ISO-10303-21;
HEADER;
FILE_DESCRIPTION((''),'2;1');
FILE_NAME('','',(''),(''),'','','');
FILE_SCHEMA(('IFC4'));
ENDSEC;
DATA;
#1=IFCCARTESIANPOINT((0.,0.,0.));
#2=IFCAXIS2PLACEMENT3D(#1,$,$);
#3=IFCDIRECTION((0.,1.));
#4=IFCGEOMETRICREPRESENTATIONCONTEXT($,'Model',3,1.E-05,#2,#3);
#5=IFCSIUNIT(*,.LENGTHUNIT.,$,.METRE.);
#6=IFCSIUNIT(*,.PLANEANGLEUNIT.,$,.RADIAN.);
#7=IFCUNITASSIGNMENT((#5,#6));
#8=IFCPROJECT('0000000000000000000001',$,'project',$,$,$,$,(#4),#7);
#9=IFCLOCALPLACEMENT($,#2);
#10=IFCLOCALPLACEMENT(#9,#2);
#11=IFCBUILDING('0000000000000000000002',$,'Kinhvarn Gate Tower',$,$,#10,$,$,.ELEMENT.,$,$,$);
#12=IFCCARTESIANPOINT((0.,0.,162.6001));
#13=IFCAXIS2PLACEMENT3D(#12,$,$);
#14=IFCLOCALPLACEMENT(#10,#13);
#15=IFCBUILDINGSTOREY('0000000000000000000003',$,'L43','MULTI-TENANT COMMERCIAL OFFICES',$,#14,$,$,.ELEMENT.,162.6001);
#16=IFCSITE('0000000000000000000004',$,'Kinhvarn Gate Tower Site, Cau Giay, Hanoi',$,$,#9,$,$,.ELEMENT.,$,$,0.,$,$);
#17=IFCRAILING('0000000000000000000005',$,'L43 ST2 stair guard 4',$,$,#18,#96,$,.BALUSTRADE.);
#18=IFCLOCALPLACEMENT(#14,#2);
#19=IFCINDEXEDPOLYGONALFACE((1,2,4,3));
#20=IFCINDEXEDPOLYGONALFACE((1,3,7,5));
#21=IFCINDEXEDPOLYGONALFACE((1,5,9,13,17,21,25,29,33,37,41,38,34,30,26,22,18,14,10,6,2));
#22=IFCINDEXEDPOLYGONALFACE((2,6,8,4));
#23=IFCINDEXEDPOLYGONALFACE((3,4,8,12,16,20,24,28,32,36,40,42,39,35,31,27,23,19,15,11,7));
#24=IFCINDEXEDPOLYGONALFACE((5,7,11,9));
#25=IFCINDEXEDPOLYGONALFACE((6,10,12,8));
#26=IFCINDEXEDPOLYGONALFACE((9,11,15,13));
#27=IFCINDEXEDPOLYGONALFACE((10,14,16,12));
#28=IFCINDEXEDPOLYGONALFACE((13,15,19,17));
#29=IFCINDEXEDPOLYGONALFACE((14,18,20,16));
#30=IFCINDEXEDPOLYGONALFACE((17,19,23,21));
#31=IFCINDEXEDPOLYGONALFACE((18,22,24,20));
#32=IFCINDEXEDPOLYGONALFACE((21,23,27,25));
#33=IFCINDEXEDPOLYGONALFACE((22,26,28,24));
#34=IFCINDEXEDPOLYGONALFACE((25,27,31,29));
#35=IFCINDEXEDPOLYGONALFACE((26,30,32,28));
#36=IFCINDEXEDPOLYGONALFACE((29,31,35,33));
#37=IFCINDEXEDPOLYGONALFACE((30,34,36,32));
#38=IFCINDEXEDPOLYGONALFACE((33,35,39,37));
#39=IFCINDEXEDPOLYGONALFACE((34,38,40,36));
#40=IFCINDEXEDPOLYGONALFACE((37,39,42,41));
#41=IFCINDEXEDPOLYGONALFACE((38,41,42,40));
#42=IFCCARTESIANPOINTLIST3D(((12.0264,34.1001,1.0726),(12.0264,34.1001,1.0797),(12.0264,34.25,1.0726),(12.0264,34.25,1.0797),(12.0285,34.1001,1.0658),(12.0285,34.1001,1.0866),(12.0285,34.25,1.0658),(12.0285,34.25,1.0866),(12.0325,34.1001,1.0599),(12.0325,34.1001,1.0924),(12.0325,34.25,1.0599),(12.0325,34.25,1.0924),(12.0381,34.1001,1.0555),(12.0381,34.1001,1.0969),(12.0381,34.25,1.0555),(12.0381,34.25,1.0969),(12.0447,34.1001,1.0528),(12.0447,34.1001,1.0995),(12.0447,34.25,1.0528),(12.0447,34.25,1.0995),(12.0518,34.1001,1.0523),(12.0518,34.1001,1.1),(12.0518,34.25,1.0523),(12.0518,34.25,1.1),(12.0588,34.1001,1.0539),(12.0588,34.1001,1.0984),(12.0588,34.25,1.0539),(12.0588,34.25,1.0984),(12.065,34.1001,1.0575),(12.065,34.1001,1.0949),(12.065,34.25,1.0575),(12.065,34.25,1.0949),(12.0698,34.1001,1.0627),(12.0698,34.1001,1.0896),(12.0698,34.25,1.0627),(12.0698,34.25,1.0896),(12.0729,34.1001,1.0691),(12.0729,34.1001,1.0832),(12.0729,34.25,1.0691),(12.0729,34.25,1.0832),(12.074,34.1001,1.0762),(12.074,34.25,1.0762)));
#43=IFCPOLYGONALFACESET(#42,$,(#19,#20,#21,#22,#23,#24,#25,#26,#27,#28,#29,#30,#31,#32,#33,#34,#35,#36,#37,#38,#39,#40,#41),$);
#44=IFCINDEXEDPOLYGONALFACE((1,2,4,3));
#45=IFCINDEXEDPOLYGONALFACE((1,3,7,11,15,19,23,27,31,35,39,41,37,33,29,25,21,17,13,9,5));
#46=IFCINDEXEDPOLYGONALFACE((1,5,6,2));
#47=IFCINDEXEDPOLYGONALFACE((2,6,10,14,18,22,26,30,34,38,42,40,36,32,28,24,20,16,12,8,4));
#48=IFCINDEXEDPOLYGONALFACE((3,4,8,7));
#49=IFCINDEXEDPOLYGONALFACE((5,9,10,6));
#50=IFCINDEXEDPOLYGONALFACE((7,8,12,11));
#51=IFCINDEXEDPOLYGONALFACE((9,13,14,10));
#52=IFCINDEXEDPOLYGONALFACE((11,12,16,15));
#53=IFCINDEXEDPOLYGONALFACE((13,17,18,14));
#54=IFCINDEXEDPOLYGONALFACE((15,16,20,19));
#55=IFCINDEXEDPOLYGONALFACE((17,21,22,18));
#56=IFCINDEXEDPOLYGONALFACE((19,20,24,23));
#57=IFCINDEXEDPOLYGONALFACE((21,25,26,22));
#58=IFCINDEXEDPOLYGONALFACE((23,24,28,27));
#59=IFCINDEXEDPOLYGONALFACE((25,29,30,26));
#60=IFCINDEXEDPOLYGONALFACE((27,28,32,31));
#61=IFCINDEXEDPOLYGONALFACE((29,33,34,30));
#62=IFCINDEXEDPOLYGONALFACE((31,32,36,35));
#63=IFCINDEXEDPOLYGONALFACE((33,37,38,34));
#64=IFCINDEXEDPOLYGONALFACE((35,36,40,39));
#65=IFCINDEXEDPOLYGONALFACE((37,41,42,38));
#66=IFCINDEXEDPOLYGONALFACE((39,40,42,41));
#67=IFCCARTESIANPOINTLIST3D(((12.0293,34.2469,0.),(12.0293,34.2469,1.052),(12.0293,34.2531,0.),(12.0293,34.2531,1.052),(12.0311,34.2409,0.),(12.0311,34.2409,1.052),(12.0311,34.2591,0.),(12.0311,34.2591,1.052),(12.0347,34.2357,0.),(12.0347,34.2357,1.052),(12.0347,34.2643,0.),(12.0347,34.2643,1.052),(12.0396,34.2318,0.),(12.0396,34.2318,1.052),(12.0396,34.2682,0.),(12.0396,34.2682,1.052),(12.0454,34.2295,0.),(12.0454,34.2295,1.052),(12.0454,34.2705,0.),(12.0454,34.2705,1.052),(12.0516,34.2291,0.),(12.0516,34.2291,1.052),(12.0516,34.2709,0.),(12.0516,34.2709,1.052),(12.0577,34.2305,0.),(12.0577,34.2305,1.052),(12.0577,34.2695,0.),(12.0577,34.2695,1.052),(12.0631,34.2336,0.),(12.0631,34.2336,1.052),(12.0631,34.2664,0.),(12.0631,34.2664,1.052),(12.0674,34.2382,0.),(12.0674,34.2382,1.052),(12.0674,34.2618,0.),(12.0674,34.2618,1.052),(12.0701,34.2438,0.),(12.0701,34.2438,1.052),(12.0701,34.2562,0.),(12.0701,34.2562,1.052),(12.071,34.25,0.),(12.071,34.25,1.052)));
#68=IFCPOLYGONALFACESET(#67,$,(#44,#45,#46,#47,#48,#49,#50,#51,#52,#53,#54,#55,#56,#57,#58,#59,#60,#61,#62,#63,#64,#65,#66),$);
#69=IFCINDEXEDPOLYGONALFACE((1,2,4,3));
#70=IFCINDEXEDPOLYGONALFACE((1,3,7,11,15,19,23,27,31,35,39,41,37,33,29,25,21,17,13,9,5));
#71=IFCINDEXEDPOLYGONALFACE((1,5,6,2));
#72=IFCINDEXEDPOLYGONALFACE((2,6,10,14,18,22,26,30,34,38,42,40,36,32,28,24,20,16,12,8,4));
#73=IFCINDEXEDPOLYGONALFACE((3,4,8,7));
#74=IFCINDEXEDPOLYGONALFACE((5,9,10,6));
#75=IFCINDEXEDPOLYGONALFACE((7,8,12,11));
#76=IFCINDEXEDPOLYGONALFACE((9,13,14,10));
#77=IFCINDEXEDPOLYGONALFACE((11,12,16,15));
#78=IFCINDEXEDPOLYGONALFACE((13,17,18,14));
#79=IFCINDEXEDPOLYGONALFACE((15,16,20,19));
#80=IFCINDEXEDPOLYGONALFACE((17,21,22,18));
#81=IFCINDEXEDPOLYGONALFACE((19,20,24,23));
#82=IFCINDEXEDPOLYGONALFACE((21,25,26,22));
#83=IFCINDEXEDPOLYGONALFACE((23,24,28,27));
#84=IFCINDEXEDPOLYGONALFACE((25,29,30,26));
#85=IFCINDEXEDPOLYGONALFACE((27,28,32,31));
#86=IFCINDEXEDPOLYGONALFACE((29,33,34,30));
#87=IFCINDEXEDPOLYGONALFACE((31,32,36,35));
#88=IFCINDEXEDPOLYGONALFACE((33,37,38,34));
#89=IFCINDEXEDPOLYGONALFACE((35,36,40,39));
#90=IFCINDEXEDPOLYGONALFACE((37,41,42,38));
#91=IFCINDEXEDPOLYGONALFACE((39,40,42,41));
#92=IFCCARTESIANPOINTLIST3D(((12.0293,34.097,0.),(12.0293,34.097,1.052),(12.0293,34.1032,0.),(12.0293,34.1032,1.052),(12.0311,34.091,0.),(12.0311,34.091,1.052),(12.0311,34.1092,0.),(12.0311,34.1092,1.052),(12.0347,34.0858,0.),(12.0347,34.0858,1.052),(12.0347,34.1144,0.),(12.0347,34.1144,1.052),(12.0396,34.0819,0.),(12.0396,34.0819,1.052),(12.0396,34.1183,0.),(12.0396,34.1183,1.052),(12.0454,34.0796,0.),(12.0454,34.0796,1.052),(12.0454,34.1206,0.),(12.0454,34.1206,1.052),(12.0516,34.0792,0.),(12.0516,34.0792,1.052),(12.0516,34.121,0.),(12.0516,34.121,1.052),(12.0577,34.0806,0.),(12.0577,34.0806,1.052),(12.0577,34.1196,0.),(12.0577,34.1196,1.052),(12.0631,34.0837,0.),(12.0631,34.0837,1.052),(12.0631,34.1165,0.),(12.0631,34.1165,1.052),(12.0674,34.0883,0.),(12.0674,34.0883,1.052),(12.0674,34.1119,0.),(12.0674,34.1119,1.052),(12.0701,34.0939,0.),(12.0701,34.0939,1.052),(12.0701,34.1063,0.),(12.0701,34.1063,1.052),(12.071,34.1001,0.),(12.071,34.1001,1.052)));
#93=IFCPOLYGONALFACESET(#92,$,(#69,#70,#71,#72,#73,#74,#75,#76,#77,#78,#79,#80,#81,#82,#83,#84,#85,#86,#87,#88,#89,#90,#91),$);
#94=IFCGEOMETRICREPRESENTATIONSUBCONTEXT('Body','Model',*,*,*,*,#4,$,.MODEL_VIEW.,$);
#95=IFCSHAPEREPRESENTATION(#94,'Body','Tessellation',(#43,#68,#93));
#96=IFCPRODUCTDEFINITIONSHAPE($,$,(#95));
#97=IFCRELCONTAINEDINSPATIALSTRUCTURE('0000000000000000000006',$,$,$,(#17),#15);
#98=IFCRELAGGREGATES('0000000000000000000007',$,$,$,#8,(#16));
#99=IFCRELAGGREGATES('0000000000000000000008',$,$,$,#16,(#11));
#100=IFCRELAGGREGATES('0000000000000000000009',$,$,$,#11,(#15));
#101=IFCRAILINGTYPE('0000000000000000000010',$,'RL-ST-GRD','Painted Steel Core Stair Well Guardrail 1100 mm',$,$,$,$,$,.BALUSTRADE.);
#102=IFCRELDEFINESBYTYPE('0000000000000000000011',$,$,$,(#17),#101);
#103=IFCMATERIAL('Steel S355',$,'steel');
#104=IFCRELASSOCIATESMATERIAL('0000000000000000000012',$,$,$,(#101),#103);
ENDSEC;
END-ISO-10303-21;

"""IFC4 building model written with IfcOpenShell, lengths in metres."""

from ifc_helpers import new_model, si_unit, direction, frame, origin, origin_2d, place, context, subcontext, project, spatial, circle, extrude, material, type_object, element, save


model = new_model("IFC4")

# Units and contexts
model_context = context("Model", 3, precision=1e-05, world=origin(), true_north=direction((0.0, 1.0)))
body_context = subcontext(model_context, "Body", "Model", "MODEL_VIEW")
ifc_project = project(units=[si_unit("LENGTHUNIT", "METRE"), si_unit("PLANEANGLEUNIT", "RADIAN")], contexts=[model_context])

# Site, building, storey
site_placement = place(None, origin())
site = spatial("IfcSite", under=ifc_project, at=site_placement, Name="Kinhvarn Gate Tower Site, Cau Giay, Hanoi", CompositionType="ELEMENT", RefElevation=0.0)
building_placement = place(site_placement, origin())
building = spatial("IfcBuilding", under=site, at=building_placement, Name="Kinhvarn Gate Tower", CompositionType="ELEMENT")
storey_placement = place(building_placement, frame((0.0, 0.0, 162.6001)))
storey = spatial("IfcBuildingStorey", under=building, at=storey_placement, Name="L43", Description="MULTI-TENANT COMMERCIAL OFFICES", CompositionType="ELEMENT", Elevation=162.6001)

# Shared definitions
ifc_material_1 = material(Name="Steel S355", Category="steel")

# Railing
railing_type_1 = type_object("IfcRailingType", Name="RL-ST-GRD", Description="Painted Steel Core Stair Well Guardrail 1100 mm", PredefinedType="BALUSTRADE", material=ifc_material_1)
railing_1_placement = place(storey_placement, frame((12.05, 34.25, 0.0)))
element("IfcRailing", 1, at=railing_1_placement, inside=storey, type_object=railing_type_1, Name="L43 ST2 stair guard 4", PredefinedType="BALUSTRADE", context=body_context, shape_type="SweptSolid", body=[
    extrude(circle(Radius=0.0239, at=origin_2d()), frame((0.0, 0.0, 1.0762), z_axis=(0.0, -1.0, 0.0), x_axis=(1.0, 0.0, 0.0)), (0.0, 0.0, 1.0), 0.1499),
    extrude(circle(Radius=0.021, at=origin_2d()), origin(), (0.0, 0.0, 1.0), 1.052),
    extrude(circle(Radius=0.021, at=origin_2d()), frame((0.0, -0.1499, 0.0)), (0.0, 0.0, 1.0), 1.052),
])

save(model, "model.ifc")
